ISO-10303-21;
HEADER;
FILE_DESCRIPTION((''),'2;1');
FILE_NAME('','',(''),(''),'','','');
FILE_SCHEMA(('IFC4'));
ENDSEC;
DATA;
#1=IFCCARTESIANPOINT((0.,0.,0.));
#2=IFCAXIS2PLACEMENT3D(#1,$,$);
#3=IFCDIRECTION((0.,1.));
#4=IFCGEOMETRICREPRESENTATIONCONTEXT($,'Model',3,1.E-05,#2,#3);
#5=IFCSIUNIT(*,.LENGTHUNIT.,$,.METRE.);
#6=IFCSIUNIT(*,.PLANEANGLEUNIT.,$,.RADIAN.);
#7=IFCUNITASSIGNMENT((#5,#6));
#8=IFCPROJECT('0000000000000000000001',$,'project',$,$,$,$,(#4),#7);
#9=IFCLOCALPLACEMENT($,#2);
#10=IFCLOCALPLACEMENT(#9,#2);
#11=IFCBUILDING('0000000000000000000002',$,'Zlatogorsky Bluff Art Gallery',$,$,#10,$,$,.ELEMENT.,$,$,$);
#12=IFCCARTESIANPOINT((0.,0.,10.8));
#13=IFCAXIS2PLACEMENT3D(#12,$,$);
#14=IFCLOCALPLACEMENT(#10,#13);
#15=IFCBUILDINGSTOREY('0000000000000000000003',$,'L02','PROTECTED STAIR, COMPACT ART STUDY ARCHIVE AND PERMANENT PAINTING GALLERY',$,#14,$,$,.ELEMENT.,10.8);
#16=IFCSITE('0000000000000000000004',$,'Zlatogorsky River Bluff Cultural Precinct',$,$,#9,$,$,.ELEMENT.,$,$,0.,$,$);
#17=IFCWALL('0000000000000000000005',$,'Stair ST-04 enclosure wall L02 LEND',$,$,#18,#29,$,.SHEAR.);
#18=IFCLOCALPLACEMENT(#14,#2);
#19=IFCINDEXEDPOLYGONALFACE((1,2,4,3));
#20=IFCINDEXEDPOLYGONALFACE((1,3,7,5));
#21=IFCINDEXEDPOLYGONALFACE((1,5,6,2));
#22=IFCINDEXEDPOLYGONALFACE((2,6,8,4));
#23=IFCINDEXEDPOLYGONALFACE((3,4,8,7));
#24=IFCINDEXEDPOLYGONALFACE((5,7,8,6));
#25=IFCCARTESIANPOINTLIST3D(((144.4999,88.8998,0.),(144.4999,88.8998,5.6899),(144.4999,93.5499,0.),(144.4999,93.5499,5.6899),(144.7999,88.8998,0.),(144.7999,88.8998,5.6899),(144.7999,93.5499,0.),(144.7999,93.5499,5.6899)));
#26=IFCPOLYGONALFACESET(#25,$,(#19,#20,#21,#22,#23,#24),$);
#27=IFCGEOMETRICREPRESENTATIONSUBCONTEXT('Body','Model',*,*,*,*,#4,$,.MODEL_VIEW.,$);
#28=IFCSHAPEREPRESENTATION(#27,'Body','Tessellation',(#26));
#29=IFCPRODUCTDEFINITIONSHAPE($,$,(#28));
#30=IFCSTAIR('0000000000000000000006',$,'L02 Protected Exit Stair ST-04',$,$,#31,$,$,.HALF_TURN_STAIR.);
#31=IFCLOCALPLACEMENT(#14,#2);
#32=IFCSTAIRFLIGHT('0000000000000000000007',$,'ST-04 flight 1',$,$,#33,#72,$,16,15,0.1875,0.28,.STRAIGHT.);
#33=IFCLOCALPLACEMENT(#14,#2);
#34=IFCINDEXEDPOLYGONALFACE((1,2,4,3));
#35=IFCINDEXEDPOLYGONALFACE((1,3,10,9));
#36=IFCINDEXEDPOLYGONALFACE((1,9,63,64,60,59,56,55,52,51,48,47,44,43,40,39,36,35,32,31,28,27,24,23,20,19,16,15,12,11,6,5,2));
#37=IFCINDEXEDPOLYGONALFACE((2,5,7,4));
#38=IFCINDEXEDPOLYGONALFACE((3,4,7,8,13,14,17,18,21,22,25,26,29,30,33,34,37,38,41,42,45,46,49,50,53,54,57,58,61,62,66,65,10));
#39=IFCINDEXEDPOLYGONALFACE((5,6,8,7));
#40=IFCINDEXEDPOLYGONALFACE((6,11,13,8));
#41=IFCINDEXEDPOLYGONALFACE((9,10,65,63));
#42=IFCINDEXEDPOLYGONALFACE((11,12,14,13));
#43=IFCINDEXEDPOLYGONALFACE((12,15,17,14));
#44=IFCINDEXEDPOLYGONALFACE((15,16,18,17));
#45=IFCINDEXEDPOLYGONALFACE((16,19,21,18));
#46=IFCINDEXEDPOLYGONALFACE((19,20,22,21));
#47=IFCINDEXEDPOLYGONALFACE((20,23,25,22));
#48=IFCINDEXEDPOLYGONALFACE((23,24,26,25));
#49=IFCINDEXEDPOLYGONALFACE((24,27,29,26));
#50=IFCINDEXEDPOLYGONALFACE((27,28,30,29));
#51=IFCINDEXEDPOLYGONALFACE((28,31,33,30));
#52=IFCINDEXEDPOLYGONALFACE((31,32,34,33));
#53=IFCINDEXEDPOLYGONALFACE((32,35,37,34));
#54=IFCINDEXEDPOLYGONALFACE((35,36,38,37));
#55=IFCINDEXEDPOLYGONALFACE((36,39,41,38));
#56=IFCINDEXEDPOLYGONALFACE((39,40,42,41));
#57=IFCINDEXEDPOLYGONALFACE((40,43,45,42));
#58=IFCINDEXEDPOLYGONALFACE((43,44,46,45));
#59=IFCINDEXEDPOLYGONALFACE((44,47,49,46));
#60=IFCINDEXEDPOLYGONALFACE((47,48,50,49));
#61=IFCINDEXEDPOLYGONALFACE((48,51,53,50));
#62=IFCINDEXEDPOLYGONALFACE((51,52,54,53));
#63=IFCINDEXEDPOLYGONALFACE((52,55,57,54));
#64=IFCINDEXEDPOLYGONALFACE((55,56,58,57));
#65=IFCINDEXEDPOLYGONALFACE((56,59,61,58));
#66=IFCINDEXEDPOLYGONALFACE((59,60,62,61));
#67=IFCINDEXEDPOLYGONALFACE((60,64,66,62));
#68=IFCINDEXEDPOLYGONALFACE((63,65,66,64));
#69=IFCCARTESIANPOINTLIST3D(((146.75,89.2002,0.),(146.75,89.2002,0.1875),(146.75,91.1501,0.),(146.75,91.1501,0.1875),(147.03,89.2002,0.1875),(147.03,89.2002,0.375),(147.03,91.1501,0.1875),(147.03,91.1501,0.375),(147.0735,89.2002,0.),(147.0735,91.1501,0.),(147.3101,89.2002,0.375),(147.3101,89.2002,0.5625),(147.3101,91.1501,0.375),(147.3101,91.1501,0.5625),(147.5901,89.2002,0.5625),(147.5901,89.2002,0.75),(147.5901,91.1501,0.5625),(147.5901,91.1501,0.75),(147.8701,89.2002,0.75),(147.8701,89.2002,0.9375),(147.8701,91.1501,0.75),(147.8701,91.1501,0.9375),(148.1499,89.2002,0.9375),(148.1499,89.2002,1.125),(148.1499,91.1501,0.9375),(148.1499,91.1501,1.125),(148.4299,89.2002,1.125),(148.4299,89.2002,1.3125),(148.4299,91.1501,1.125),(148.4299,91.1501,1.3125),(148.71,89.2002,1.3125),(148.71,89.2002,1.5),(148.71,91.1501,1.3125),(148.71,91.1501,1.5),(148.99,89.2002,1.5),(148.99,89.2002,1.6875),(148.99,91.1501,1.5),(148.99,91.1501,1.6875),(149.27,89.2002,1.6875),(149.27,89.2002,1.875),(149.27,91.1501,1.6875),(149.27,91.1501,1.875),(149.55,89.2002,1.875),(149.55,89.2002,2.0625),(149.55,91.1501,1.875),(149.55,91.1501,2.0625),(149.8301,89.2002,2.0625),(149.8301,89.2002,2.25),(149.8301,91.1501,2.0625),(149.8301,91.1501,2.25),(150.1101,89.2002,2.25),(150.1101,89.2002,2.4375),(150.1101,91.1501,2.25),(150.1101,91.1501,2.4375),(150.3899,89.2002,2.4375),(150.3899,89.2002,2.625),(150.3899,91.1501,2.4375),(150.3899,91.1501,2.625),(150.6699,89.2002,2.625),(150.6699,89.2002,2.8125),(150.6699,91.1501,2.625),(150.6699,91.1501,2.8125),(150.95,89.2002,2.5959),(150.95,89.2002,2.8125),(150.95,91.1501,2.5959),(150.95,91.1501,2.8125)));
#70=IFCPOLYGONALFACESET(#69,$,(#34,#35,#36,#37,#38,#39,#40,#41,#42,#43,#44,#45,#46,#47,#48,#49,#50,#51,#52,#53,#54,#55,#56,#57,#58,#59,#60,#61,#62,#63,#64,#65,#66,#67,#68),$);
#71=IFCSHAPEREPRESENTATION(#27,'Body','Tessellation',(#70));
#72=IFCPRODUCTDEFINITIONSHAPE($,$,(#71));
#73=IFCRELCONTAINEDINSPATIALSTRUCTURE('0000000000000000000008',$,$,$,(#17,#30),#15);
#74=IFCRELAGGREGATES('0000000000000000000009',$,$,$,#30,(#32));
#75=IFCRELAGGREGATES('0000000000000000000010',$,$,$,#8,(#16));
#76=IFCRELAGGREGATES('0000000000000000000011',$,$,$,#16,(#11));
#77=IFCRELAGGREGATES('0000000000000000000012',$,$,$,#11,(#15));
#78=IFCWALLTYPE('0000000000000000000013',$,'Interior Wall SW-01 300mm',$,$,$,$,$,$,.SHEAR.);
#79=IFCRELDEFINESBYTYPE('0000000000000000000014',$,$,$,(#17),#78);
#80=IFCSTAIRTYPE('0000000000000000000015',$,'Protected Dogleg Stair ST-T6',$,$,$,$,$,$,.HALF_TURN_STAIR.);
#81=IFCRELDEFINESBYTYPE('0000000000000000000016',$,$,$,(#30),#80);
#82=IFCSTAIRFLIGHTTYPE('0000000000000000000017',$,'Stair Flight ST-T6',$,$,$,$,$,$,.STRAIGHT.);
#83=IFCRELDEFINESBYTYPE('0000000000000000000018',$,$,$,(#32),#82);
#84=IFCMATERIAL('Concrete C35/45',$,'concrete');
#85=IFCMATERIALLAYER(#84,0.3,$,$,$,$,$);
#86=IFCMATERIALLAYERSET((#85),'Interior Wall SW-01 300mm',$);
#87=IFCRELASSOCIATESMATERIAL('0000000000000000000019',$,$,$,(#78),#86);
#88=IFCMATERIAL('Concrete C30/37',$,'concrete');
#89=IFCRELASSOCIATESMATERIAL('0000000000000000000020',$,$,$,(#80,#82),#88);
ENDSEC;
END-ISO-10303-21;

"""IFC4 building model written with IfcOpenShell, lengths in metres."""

from ifc_helpers import new_model, si_unit, direction, frame, frame_2d, origin, place, context, subcontext, project, spatial, polyline, rectangle, outline, extrude, material, layer, layer_set, type_object, element, aggregate, save


model = new_model("IFC4")

# Units and contexts
model_context = context("Model", 3, precision=1e-05, world=origin(), true_north=direction((0.0, 1.0)))
body_context = subcontext(model_context, "Body", "Model", "MODEL_VIEW")
ifc_project = project(units=[si_unit("LENGTHUNIT", "METRE"), si_unit("PLANEANGLEUNIT", "RADIAN")], contexts=[model_context])

# Site, building, storey
site_placement = place(None, origin())
site = spatial("IfcSite", under=ifc_project, at=site_placement, Name="Zlatogorsky River Bluff Cultural Precinct", CompositionType="ELEMENT", RefElevation=0.0)
building_placement = place(site_placement, origin())
building = spatial("IfcBuilding", under=site, at=building_placement, Name="Zlatogorsky Bluff Art Gallery", CompositionType="ELEMENT")
storey_placement = place(building_placement, frame((0.0, 0.0, 10.8)))
storey = spatial("IfcBuildingStorey", under=building, at=storey_placement, Name="L02", Description="PROTECTED STAIR, COMPACT ART STUDY ARCHIVE AND PERMANENT PAINTING GALLERY", CompositionType="ELEMENT", Elevation=10.8)

# Shared definitions
ifc_material_1 = material(Name="Concrete C35/45", Category="concrete")

# Shared definitions
ifc_layer_1 = layer(ifc_material_1, 0.3)
ifc_layer_set_1 = layer_set([ifc_layer_1], Name="Interior Wall SW-01 300mm")
wall_type_1 = type_object("IfcWallType", Name="Interior Wall SW-01 300mm", PredefinedType="SHEAR", material=ifc_layer_set_1)

# Wall
wall_1_placement = place(storey_placement, frame((144.6499, 93.55, 0.0), z_axis=(0.0, 0.0, 1.0), x_axis=(0.0, -1.0, 0.0)))
element("IfcWall", 1, at=wall_1_placement, inside=storey, type_object=wall_type_1, Name="Stair ST-04 enclosure wall L02 LEND", PredefinedType="SHEAR", context=body_context, shape_type="SweptSolid", body=[
    extrude(rectangle(XDim=4.6501, YDim=0.3, at=frame_2d((2.3252, 0.0))), origin(), (0.0, 0.0, 1.0), 5.6899),
])

# Stair, stair flight
ifc_material_2 = material(Name="Concrete C30/37", Category="concrete")
stair_type = type_object("IfcStairType", Name="Protected Dogleg Stair ST-T6", PredefinedType="HALF_TURN_STAIR", material=ifc_material_2)
stair_placement = place(storey_placement, origin())
stair = element("IfcStair", 2, at=stair_placement, inside=storey, type_object=stair_type, Name="L02 Protected Exit Stair ST-04", PredefinedType="HALF_TURN_STAIR")
stair_flight_type = type_object("IfcStairFlightType", Name="Stair Flight ST-T6", PredefinedType="STRAIGHT", material=ifc_material_2)
stair_flight_placement = place(storey_placement, frame((146.75, 90.175, 0.0), z_axis=(0.0, 0.0, 1.0), x_axis=(1.0, 0.0, 0.0)))
stair_flight = element("IfcStairFlight", 3, at=stair_flight_placement, type_object=stair_flight_type, Name="ST-04 flight 1", NumberOfRisers=16, NumberOfTreads=15, PredefinedType="STRAIGHT", RiserHeight=0.1875, TreadLength=0.28, context=body_context, shape_type="SweptSolid", body=[
    extrude(outline(polyline([(0.0, 0.0), (0.0, 0.1875), (0.28, 0.1875), (0.28, 0.375), (0.5601, 0.375), (0.5601, 0.5625), (0.8401, 0.5625), (0.8401, 0.75), (1.1201, 0.75), (1.1201, 0.9375), (1.3999, 0.9375), (1.3999, 1.125), (1.6799, 1.125), (1.6799, 1.3125), (1.96, 1.3125), (1.96, 1.5), (2.24, 1.5), (2.24, 1.6875), (2.52, 1.6875), (2.52, 1.875), (2.8, 1.875), (2.8, 2.0625), (3.0801, 2.0625), (3.0801, 2.25), (3.3601, 2.25), (3.3601, 2.4375), (3.6399, 2.4375), (3.6399, 2.625), (3.9199, 2.625), (3.9199, 2.8125), (4.2, 2.8125), (4.2, 3.0), (4.2, 2.5959), (0.3235, 0.0), (0.0, 0.0)])), frame((0.0, 0.9751, 0.0), z_axis=(0.0, -1.0, 0.0), x_axis=(1.0, 0.0, 0.0)), (0.0, 0.0, 1.0), 1.95),
])
aggregate(stair, [stair_flight])

save(model, "model.ifc")
